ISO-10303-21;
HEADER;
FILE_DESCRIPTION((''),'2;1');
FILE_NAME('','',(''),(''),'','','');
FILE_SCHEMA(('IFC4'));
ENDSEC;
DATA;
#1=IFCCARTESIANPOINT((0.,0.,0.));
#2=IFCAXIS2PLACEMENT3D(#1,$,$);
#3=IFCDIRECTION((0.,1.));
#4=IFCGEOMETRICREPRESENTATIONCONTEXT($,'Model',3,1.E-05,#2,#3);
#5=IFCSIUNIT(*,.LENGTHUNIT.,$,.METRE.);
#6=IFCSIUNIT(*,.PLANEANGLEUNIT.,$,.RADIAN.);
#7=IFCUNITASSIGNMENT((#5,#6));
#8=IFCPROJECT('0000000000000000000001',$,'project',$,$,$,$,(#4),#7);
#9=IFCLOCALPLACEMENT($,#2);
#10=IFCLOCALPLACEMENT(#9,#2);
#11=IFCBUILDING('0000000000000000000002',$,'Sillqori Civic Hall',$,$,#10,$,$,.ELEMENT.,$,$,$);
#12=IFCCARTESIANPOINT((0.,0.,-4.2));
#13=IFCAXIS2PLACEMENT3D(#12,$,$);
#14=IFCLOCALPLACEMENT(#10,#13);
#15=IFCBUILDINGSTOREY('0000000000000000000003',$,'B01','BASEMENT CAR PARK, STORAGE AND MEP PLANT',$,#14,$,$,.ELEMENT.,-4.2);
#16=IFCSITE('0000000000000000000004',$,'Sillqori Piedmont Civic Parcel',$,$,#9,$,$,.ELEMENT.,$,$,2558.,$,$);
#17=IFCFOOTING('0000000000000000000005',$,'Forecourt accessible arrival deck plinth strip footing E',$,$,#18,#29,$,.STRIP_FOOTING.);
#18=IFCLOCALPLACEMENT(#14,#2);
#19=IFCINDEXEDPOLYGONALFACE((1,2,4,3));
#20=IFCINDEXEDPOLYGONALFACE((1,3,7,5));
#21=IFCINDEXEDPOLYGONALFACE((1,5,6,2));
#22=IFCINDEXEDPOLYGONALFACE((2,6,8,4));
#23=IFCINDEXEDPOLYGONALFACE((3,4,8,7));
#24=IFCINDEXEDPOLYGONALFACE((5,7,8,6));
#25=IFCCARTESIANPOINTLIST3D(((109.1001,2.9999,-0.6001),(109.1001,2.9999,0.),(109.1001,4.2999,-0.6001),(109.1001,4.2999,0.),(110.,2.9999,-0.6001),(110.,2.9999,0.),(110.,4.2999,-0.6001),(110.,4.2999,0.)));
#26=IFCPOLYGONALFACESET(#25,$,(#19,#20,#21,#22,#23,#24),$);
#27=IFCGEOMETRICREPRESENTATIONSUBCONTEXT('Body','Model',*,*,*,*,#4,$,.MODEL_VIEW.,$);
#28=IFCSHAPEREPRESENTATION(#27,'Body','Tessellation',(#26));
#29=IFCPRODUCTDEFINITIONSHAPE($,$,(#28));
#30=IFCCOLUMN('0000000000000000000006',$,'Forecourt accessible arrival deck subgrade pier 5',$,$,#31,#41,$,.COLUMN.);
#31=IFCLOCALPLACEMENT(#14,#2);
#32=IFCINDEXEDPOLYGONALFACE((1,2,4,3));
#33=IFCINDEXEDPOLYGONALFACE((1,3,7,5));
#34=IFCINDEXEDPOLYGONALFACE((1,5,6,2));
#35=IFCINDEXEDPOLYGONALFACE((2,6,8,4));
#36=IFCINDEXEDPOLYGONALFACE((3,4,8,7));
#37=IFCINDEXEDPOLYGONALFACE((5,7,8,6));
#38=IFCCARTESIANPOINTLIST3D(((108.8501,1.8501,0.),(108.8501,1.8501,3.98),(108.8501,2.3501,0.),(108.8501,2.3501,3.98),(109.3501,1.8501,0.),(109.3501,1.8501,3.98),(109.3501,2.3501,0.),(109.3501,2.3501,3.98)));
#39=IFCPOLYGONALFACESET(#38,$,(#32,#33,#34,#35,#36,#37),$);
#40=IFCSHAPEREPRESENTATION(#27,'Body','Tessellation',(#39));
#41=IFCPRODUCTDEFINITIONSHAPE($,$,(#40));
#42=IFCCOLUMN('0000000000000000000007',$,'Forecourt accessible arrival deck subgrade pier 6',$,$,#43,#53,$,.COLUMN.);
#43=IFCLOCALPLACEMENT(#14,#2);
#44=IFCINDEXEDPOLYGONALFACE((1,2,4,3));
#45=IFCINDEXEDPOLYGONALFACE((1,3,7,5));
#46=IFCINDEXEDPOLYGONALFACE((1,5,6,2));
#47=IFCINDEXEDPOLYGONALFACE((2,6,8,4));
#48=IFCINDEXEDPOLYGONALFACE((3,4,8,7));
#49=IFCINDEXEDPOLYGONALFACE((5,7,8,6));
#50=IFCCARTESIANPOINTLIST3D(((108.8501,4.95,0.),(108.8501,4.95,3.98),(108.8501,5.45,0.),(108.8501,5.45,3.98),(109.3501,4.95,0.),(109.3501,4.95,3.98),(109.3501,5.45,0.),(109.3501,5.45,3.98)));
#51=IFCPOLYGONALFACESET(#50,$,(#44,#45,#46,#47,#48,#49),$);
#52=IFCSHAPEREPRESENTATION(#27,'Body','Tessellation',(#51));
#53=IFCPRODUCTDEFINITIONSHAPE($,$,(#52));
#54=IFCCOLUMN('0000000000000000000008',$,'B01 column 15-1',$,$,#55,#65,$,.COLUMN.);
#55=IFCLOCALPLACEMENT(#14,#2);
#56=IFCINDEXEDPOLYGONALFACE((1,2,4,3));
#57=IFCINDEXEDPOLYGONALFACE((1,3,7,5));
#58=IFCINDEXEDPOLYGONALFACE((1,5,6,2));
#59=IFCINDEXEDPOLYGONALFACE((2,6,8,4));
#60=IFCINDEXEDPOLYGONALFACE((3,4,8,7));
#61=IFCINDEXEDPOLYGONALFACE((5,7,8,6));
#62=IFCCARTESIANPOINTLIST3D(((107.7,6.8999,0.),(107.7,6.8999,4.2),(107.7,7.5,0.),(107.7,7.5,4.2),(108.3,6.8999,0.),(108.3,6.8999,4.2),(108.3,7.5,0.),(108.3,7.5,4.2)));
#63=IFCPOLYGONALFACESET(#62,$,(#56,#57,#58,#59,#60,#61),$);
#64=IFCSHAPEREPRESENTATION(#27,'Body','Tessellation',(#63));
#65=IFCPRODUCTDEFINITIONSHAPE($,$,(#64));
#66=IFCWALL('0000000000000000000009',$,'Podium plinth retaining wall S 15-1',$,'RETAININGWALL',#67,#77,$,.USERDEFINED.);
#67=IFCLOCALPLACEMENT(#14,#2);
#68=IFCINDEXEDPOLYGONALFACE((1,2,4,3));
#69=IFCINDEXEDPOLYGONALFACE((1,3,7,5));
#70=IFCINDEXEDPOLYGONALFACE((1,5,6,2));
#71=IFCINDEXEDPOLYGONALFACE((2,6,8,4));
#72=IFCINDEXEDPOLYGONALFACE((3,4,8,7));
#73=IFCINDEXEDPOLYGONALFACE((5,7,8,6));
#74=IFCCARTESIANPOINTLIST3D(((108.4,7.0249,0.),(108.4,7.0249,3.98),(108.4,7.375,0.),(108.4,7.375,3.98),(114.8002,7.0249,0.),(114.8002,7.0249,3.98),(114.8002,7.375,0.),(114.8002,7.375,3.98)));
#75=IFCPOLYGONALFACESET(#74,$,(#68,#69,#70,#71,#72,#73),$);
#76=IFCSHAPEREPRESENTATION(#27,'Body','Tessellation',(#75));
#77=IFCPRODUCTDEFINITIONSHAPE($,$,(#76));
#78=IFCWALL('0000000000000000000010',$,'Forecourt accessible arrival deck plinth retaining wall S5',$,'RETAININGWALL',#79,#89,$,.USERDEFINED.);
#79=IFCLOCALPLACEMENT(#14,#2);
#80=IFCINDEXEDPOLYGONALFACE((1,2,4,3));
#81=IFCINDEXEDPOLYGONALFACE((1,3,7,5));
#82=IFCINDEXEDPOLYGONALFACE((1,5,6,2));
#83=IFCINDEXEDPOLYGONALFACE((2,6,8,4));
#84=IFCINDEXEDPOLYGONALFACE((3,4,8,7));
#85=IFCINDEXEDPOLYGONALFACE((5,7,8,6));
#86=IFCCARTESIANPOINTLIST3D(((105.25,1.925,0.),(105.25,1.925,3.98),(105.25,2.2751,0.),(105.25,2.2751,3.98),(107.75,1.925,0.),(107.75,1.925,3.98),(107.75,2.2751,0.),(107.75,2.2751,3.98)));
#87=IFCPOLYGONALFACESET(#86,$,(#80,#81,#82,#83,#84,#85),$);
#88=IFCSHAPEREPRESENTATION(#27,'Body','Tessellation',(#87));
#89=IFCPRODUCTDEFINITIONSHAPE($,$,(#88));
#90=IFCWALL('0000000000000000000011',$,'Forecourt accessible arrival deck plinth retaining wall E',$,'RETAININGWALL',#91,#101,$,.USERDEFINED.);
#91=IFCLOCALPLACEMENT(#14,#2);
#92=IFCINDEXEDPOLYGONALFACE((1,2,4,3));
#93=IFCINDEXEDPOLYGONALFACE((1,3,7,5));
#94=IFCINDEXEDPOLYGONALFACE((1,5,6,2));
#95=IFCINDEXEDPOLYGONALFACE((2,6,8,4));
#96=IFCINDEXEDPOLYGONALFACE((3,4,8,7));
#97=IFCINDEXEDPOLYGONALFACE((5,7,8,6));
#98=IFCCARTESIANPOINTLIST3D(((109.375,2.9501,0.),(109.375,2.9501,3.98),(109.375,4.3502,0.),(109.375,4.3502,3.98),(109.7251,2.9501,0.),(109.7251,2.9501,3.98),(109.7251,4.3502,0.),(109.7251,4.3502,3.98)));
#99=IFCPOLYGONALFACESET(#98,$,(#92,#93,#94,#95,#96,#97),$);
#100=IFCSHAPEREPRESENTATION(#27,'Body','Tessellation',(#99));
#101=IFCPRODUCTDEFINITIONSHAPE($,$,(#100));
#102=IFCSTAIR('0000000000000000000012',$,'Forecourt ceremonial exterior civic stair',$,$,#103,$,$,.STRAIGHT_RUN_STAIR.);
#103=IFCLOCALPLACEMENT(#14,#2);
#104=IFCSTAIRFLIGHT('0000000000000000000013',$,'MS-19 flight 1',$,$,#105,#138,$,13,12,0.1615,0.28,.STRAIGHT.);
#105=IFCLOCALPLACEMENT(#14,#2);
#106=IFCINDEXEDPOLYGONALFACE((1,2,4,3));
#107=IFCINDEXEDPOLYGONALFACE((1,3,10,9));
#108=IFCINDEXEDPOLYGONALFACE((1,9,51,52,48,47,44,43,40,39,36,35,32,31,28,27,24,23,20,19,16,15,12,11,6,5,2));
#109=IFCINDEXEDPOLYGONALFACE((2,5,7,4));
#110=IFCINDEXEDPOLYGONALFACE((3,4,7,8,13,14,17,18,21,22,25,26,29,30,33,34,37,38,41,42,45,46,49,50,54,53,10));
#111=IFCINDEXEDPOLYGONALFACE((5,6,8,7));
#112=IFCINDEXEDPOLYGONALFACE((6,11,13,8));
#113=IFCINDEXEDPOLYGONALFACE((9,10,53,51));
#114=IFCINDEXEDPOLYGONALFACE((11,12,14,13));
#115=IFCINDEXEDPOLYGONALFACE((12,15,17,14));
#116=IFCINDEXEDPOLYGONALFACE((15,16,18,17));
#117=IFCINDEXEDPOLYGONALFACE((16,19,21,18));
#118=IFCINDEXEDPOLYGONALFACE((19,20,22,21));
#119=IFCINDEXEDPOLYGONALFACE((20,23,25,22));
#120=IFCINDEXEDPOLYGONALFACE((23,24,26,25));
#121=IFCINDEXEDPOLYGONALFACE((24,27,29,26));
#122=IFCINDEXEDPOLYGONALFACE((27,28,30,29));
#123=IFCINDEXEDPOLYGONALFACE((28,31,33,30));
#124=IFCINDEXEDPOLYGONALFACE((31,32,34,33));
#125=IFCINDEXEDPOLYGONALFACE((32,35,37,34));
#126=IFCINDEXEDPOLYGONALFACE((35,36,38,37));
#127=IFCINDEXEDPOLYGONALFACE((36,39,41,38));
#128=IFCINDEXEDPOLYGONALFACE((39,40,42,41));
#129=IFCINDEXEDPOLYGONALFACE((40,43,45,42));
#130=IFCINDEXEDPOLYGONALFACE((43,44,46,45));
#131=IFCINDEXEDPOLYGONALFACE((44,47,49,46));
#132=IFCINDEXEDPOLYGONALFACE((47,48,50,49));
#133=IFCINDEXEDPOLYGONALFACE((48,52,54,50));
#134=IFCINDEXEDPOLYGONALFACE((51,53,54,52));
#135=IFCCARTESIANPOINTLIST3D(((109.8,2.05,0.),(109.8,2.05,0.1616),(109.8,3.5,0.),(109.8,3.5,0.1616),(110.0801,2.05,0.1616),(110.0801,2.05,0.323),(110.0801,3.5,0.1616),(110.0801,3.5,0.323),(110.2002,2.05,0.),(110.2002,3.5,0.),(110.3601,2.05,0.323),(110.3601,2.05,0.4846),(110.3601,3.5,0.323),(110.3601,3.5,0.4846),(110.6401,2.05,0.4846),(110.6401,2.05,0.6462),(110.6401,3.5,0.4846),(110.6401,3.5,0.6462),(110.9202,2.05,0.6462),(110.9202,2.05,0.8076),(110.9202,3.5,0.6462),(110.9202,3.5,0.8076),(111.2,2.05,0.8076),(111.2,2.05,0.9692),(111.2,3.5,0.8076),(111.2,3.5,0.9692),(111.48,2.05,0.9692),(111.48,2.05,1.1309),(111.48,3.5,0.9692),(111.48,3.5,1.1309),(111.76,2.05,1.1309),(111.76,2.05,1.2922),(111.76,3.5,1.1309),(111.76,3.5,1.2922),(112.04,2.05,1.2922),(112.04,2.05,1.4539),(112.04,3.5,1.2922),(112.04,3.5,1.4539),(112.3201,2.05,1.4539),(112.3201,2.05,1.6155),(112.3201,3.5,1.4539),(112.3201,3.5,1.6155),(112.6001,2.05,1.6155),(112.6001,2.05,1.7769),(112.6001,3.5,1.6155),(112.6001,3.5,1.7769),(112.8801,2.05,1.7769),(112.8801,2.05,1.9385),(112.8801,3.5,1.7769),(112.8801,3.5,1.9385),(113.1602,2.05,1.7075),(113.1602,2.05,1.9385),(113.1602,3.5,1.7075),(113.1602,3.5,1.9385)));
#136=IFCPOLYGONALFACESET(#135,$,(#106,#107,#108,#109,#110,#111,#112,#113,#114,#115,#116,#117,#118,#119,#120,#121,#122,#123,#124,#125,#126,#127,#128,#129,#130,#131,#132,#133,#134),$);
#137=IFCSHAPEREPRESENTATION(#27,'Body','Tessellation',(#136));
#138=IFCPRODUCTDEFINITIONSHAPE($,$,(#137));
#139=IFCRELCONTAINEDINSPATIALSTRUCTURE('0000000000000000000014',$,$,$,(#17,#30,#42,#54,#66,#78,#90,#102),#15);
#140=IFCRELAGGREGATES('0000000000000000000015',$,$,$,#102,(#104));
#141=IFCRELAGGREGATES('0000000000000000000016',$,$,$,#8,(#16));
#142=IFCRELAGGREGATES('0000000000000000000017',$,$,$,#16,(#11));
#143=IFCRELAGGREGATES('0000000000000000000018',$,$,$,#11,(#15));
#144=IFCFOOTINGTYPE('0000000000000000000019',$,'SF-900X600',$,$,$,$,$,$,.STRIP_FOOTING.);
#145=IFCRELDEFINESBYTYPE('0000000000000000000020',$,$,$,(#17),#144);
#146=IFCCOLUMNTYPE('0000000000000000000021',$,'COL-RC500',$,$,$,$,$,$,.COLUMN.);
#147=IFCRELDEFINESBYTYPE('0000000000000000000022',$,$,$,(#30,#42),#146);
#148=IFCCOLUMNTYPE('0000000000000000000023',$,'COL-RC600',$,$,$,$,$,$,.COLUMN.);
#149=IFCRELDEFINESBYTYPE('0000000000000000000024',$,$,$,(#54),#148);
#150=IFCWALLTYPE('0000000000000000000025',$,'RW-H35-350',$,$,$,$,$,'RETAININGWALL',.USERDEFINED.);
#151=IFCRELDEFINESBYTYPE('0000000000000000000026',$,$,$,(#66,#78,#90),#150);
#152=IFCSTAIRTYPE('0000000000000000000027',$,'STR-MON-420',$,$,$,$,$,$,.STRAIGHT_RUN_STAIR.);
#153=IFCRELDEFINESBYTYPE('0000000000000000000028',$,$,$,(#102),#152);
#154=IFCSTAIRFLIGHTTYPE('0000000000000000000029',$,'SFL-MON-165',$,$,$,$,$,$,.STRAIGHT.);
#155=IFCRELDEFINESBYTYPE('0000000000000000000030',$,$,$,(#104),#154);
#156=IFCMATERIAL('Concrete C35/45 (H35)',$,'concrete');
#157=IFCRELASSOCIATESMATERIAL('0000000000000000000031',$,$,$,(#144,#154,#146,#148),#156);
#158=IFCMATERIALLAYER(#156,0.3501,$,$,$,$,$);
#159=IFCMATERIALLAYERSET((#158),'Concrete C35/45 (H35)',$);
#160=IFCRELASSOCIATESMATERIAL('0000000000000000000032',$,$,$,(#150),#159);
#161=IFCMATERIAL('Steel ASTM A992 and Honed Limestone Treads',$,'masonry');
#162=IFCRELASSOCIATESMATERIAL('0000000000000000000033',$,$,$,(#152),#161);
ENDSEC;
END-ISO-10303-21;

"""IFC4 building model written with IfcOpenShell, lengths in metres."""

from ifc_helpers import new_model, si_unit, direction, frame, frame_2d, origin, origin_2d, place, context, subcontext, project, spatial, polyline, rectangle, outline, extrude, material, layer, layer_set, material_profile, profile_set, type_object, element, aggregate, save


model = new_model("IFC4")

# Units and contexts
model_context = context("Model", 3, precision=1e-05, world=origin(), true_north=direction((0.0, 1.0)))
body_context = subcontext(model_context, "Body", "Model", "MODEL_VIEW")
ifc_project = project(units=[si_unit("LENGTHUNIT", "METRE"), si_unit("PLANEANGLEUNIT", "RADIAN")], contexts=[model_context])

# Site, building, storey
site_placement = place(None, origin())
site = spatial("IfcSite", under=ifc_project, at=site_placement, Name="Sillqori Piedmont Civic Parcel", CompositionType="ELEMENT", RefElevation=2558.0)
building_placement = place(site_placement, origin())
building = spatial("IfcBuilding", under=site, at=building_placement, Name="Sillqori Civic Hall", CompositionType="ELEMENT")
storey_placement = place(building_placement, frame((0.0, 0.0, -4.2)))
storey = spatial("IfcBuildingStorey", under=building, at=storey_placement, Name="B01", Description="BASEMENT CAR PARK, STORAGE AND MEP PLANT", CompositionType="ELEMENT", Elevation=-4.2)

# Shared definitions
ifc_material_1 = material(Name="Concrete C35/45 (H35)", Category="concrete")

# Footing
footing_type_1 = type_object("IfcFootingType", Name="SF-900X600", PredefinedType="STRIP_FOOTING", material=ifc_material_1)
footing_1_placement = place(storey_placement, frame((109.55, 3.6499, -0.6001), z_axis=(0.0, 0.0, 1.0), x_axis=(1.0, 0.0, 0.0)))
element("IfcFooting", 1, at=footing_1_placement, inside=storey, type_object=footing_type_1, Name="Forecourt accessible arrival deck plinth strip footing E", PredefinedType="STRIP_FOOTING", context=body_context, shape_type="SweptSolid", body=[
    extrude(rectangle(XDim=0.8999, YDim=1.3, at=origin_2d()), origin(), (0.0, 0.0, 1.0), 0.6001),
])

# Columns
ifc_material_profile_1 = material_profile(ifc_material_1, rectangle(XDim=0.5, YDim=0.5, at=origin_2d()), Name="RC 500x500")
ifc_profile_set_1 = profile_set([ifc_material_profile_1], Name="Concrete C35/45 (H35)")
column_type_1 = type_object("IfcColumnType", Name="COL-RC500", PredefinedType="COLUMN", material=ifc_profile_set_1)
for number, where, z_axis, x_axis, name in (
    (2, (109.1001, 2.1001, 0.0), (0.0, 0.0, 1.0), (1.0, 0.0, 0.0), "Forecourt accessible arrival deck subgrade pier 5"),
    (3, (109.1001, 5.2, 0.0), (0.0, 0.0, 1.0), (1.0, 0.0, 0.0), "Forecourt accessible arrival deck subgrade pier 6"),
):
    element("IfcColumn", number, at=place(storey_placement, frame(where, z_axis=z_axis, x_axis=x_axis)), inside=storey, type_object=column_type_1, Name=name, PredefinedType="COLUMN", context=body_context, shape_type="SweptSolid", body=[
        extrude(rectangle(XDim=0.5, YDim=0.5, at=origin_2d()), origin(), (0.0, 0.0, 1.0), 3.98),
    ])
ifc_material_profile_2 = material_profile(ifc_material_1, rectangle(XDim=0.6001, YDim=0.6001, at=origin_2d()), Name="RC 600x600")
ifc_profile_set_2 = profile_set([ifc_material_profile_2], Name="Concrete C35/45 (H35)")
column_type_2 = type_object("IfcColumnType", Name="COL-RC600", PredefinedType="COLUMN", material=ifc_profile_set_2)
column_placement = place(storey_placement, frame((108.0, 7.2, 0.0), z_axis=(0.0, 0.0, 1.0), x_axis=(1.0, 0.0, 0.0)))
element("IfcColumn", 4, at=column_placement, inside=storey, type_object=column_type_2, Name="B01 column 15-1", PredefinedType="COLUMN", context=body_context, shape_type="SweptSolid", body=[
    extrude(rectangle(XDim=0.6001, YDim=0.6001, at=origin_2d()), origin(), (0.0, 0.0, 1.0), 4.2),
])

# Walls
ifc_layer_1 = layer(ifc_material_1, 0.3501)
ifc_layer_set_1 = layer_set([ifc_layer_1], Name="Concrete C35/45 (H35)")
wall_type = type_object("IfcWallType", Name="RW-H35-350", ElementType="RETAININGWALL", PredefinedType="USERDEFINED", material=ifc_layer_set_1)
wall_1_placement = place(storey_placement, frame((108.3999, 7.2, 0.0), z_axis=(0.0, 0.0, 1.0), x_axis=(1.0, 0.0, 0.0)))
element("IfcWall", 5, at=wall_1_placement, inside=storey, type_object=wall_type, Name="Podium plinth retaining wall S 15-1", ObjectType="RETAININGWALL", PredefinedType="USERDEFINED", context=body_context, shape_type="SweptSolid", body=[
    extrude(rectangle(XDim=6.4001, YDim=0.3501, at=frame_2d((3.2002, 0.0))), origin(), (0.0, 0.0, 1.0), 3.98),
])
wall_2_placement = place(storey_placement, frame((105.25, 2.1001, 0.0), z_axis=(0.0, 0.0, 1.0), x_axis=(1.0, 0.0, 0.0)))
element("IfcWall", 6, at=wall_2_placement, inside=storey, type_object=wall_type, Name="Forecourt accessible arrival deck plinth retaining wall S5", ObjectType="RETAININGWALL", PredefinedType="USERDEFINED", context=body_context, shape_type="SweptSolid", body=[
    extrude(rectangle(XDim=2.5, YDim=0.3501, at=frame_2d((1.25, 0.0))), origin(), (0.0, 0.0, 1.0), 3.98),
])
wall_3_placement = place(storey_placement, frame((109.55, 2.95, 0.0), z_axis=(0.0, 0.0, 1.0), x_axis=(0.0, 1.0, 0.0)))
element("IfcWall", 7, at=wall_3_placement, inside=storey, type_object=wall_type, Name="Forecourt accessible arrival deck plinth retaining wall E", ObjectType="RETAININGWALL", PredefinedType="USERDEFINED", context=body_context, shape_type="SweptSolid", body=[
    extrude(rectangle(XDim=1.4001, YDim=0.3501, at=frame_2d((0.7002, 0.0))), origin(), (0.0, 0.0, 1.0), 3.98),
])

# Stair, stair flight
ifc_material_2 = material(Name="Steel ASTM A992 and Honed Limestone Treads", Category="masonry")
stair_type = type_object("IfcStairType", Name="STR-MON-420", PredefinedType="STRAIGHT_RUN_STAIR", material=ifc_material_2)
stair_placement = place(storey_placement, origin())
stair = element("IfcStair", 8, at=stair_placement, inside=storey, type_object=stair_type, Name="Forecourt ceremonial exterior civic stair", PredefinedType="STRAIGHT_RUN_STAIR")
stair_flight_type = type_object("IfcStairFlightType", Name="SFL-MON-165", PredefinedType="STRAIGHT", material=ifc_material_1)
stair_flight_placement = place(storey_placement, frame((109.8, 2.7749, 0.0), z_axis=(0.0, 0.0, 1.0), x_axis=(1.0, 0.0, 0.0)))
stair_flight = element("IfcStairFlight", 9, at=stair_flight_placement, type_object=stair_flight_type, Name="MS-19 flight 1", NumberOfRisers=13, NumberOfTreads=12, PredefinedType="STRAIGHT", RiserHeight=0.1615, TreadLength=0.28, context=body_context, shape_type="SweptSolid", body=[
    extrude(outline(polyline([(0.0, 0.0), (0.0, 0.1616), (0.28, 0.1616), (0.28, 0.323), (0.5601, 0.323), (0.5601, 0.4846), (0.8401, 0.4846), (0.8401, 0.6462), (1.1201, 0.6462), (1.1201, 0.8076), (1.3999, 0.8076), (1.3999, 0.9692), (1.6799, 0.9692), (1.6799, 1.1309), (1.96, 1.1309), (1.96, 1.2922), (2.24, 1.2922), (2.24, 1.4539), (2.52, 1.4539), (2.52, 1.6155), (2.8, 1.6155), (2.8, 1.7769), (3.0801, 1.7769), (3.0801, 1.9385), (3.3601, 1.9385), (3.3601, 2.1001), (3.3601, 1.7075), (0.4001, 0.0), (0.0, 0.0)])), frame((0.0, 0.7251, 0.0), z_axis=(0.0, -1.0, 0.0), x_axis=(1.0, 0.0, 0.0)), (0.0, 0.0, 1.0), 1.45),
])
aggregate(stair, [stair_flight])

save(model, "model.ifc")
